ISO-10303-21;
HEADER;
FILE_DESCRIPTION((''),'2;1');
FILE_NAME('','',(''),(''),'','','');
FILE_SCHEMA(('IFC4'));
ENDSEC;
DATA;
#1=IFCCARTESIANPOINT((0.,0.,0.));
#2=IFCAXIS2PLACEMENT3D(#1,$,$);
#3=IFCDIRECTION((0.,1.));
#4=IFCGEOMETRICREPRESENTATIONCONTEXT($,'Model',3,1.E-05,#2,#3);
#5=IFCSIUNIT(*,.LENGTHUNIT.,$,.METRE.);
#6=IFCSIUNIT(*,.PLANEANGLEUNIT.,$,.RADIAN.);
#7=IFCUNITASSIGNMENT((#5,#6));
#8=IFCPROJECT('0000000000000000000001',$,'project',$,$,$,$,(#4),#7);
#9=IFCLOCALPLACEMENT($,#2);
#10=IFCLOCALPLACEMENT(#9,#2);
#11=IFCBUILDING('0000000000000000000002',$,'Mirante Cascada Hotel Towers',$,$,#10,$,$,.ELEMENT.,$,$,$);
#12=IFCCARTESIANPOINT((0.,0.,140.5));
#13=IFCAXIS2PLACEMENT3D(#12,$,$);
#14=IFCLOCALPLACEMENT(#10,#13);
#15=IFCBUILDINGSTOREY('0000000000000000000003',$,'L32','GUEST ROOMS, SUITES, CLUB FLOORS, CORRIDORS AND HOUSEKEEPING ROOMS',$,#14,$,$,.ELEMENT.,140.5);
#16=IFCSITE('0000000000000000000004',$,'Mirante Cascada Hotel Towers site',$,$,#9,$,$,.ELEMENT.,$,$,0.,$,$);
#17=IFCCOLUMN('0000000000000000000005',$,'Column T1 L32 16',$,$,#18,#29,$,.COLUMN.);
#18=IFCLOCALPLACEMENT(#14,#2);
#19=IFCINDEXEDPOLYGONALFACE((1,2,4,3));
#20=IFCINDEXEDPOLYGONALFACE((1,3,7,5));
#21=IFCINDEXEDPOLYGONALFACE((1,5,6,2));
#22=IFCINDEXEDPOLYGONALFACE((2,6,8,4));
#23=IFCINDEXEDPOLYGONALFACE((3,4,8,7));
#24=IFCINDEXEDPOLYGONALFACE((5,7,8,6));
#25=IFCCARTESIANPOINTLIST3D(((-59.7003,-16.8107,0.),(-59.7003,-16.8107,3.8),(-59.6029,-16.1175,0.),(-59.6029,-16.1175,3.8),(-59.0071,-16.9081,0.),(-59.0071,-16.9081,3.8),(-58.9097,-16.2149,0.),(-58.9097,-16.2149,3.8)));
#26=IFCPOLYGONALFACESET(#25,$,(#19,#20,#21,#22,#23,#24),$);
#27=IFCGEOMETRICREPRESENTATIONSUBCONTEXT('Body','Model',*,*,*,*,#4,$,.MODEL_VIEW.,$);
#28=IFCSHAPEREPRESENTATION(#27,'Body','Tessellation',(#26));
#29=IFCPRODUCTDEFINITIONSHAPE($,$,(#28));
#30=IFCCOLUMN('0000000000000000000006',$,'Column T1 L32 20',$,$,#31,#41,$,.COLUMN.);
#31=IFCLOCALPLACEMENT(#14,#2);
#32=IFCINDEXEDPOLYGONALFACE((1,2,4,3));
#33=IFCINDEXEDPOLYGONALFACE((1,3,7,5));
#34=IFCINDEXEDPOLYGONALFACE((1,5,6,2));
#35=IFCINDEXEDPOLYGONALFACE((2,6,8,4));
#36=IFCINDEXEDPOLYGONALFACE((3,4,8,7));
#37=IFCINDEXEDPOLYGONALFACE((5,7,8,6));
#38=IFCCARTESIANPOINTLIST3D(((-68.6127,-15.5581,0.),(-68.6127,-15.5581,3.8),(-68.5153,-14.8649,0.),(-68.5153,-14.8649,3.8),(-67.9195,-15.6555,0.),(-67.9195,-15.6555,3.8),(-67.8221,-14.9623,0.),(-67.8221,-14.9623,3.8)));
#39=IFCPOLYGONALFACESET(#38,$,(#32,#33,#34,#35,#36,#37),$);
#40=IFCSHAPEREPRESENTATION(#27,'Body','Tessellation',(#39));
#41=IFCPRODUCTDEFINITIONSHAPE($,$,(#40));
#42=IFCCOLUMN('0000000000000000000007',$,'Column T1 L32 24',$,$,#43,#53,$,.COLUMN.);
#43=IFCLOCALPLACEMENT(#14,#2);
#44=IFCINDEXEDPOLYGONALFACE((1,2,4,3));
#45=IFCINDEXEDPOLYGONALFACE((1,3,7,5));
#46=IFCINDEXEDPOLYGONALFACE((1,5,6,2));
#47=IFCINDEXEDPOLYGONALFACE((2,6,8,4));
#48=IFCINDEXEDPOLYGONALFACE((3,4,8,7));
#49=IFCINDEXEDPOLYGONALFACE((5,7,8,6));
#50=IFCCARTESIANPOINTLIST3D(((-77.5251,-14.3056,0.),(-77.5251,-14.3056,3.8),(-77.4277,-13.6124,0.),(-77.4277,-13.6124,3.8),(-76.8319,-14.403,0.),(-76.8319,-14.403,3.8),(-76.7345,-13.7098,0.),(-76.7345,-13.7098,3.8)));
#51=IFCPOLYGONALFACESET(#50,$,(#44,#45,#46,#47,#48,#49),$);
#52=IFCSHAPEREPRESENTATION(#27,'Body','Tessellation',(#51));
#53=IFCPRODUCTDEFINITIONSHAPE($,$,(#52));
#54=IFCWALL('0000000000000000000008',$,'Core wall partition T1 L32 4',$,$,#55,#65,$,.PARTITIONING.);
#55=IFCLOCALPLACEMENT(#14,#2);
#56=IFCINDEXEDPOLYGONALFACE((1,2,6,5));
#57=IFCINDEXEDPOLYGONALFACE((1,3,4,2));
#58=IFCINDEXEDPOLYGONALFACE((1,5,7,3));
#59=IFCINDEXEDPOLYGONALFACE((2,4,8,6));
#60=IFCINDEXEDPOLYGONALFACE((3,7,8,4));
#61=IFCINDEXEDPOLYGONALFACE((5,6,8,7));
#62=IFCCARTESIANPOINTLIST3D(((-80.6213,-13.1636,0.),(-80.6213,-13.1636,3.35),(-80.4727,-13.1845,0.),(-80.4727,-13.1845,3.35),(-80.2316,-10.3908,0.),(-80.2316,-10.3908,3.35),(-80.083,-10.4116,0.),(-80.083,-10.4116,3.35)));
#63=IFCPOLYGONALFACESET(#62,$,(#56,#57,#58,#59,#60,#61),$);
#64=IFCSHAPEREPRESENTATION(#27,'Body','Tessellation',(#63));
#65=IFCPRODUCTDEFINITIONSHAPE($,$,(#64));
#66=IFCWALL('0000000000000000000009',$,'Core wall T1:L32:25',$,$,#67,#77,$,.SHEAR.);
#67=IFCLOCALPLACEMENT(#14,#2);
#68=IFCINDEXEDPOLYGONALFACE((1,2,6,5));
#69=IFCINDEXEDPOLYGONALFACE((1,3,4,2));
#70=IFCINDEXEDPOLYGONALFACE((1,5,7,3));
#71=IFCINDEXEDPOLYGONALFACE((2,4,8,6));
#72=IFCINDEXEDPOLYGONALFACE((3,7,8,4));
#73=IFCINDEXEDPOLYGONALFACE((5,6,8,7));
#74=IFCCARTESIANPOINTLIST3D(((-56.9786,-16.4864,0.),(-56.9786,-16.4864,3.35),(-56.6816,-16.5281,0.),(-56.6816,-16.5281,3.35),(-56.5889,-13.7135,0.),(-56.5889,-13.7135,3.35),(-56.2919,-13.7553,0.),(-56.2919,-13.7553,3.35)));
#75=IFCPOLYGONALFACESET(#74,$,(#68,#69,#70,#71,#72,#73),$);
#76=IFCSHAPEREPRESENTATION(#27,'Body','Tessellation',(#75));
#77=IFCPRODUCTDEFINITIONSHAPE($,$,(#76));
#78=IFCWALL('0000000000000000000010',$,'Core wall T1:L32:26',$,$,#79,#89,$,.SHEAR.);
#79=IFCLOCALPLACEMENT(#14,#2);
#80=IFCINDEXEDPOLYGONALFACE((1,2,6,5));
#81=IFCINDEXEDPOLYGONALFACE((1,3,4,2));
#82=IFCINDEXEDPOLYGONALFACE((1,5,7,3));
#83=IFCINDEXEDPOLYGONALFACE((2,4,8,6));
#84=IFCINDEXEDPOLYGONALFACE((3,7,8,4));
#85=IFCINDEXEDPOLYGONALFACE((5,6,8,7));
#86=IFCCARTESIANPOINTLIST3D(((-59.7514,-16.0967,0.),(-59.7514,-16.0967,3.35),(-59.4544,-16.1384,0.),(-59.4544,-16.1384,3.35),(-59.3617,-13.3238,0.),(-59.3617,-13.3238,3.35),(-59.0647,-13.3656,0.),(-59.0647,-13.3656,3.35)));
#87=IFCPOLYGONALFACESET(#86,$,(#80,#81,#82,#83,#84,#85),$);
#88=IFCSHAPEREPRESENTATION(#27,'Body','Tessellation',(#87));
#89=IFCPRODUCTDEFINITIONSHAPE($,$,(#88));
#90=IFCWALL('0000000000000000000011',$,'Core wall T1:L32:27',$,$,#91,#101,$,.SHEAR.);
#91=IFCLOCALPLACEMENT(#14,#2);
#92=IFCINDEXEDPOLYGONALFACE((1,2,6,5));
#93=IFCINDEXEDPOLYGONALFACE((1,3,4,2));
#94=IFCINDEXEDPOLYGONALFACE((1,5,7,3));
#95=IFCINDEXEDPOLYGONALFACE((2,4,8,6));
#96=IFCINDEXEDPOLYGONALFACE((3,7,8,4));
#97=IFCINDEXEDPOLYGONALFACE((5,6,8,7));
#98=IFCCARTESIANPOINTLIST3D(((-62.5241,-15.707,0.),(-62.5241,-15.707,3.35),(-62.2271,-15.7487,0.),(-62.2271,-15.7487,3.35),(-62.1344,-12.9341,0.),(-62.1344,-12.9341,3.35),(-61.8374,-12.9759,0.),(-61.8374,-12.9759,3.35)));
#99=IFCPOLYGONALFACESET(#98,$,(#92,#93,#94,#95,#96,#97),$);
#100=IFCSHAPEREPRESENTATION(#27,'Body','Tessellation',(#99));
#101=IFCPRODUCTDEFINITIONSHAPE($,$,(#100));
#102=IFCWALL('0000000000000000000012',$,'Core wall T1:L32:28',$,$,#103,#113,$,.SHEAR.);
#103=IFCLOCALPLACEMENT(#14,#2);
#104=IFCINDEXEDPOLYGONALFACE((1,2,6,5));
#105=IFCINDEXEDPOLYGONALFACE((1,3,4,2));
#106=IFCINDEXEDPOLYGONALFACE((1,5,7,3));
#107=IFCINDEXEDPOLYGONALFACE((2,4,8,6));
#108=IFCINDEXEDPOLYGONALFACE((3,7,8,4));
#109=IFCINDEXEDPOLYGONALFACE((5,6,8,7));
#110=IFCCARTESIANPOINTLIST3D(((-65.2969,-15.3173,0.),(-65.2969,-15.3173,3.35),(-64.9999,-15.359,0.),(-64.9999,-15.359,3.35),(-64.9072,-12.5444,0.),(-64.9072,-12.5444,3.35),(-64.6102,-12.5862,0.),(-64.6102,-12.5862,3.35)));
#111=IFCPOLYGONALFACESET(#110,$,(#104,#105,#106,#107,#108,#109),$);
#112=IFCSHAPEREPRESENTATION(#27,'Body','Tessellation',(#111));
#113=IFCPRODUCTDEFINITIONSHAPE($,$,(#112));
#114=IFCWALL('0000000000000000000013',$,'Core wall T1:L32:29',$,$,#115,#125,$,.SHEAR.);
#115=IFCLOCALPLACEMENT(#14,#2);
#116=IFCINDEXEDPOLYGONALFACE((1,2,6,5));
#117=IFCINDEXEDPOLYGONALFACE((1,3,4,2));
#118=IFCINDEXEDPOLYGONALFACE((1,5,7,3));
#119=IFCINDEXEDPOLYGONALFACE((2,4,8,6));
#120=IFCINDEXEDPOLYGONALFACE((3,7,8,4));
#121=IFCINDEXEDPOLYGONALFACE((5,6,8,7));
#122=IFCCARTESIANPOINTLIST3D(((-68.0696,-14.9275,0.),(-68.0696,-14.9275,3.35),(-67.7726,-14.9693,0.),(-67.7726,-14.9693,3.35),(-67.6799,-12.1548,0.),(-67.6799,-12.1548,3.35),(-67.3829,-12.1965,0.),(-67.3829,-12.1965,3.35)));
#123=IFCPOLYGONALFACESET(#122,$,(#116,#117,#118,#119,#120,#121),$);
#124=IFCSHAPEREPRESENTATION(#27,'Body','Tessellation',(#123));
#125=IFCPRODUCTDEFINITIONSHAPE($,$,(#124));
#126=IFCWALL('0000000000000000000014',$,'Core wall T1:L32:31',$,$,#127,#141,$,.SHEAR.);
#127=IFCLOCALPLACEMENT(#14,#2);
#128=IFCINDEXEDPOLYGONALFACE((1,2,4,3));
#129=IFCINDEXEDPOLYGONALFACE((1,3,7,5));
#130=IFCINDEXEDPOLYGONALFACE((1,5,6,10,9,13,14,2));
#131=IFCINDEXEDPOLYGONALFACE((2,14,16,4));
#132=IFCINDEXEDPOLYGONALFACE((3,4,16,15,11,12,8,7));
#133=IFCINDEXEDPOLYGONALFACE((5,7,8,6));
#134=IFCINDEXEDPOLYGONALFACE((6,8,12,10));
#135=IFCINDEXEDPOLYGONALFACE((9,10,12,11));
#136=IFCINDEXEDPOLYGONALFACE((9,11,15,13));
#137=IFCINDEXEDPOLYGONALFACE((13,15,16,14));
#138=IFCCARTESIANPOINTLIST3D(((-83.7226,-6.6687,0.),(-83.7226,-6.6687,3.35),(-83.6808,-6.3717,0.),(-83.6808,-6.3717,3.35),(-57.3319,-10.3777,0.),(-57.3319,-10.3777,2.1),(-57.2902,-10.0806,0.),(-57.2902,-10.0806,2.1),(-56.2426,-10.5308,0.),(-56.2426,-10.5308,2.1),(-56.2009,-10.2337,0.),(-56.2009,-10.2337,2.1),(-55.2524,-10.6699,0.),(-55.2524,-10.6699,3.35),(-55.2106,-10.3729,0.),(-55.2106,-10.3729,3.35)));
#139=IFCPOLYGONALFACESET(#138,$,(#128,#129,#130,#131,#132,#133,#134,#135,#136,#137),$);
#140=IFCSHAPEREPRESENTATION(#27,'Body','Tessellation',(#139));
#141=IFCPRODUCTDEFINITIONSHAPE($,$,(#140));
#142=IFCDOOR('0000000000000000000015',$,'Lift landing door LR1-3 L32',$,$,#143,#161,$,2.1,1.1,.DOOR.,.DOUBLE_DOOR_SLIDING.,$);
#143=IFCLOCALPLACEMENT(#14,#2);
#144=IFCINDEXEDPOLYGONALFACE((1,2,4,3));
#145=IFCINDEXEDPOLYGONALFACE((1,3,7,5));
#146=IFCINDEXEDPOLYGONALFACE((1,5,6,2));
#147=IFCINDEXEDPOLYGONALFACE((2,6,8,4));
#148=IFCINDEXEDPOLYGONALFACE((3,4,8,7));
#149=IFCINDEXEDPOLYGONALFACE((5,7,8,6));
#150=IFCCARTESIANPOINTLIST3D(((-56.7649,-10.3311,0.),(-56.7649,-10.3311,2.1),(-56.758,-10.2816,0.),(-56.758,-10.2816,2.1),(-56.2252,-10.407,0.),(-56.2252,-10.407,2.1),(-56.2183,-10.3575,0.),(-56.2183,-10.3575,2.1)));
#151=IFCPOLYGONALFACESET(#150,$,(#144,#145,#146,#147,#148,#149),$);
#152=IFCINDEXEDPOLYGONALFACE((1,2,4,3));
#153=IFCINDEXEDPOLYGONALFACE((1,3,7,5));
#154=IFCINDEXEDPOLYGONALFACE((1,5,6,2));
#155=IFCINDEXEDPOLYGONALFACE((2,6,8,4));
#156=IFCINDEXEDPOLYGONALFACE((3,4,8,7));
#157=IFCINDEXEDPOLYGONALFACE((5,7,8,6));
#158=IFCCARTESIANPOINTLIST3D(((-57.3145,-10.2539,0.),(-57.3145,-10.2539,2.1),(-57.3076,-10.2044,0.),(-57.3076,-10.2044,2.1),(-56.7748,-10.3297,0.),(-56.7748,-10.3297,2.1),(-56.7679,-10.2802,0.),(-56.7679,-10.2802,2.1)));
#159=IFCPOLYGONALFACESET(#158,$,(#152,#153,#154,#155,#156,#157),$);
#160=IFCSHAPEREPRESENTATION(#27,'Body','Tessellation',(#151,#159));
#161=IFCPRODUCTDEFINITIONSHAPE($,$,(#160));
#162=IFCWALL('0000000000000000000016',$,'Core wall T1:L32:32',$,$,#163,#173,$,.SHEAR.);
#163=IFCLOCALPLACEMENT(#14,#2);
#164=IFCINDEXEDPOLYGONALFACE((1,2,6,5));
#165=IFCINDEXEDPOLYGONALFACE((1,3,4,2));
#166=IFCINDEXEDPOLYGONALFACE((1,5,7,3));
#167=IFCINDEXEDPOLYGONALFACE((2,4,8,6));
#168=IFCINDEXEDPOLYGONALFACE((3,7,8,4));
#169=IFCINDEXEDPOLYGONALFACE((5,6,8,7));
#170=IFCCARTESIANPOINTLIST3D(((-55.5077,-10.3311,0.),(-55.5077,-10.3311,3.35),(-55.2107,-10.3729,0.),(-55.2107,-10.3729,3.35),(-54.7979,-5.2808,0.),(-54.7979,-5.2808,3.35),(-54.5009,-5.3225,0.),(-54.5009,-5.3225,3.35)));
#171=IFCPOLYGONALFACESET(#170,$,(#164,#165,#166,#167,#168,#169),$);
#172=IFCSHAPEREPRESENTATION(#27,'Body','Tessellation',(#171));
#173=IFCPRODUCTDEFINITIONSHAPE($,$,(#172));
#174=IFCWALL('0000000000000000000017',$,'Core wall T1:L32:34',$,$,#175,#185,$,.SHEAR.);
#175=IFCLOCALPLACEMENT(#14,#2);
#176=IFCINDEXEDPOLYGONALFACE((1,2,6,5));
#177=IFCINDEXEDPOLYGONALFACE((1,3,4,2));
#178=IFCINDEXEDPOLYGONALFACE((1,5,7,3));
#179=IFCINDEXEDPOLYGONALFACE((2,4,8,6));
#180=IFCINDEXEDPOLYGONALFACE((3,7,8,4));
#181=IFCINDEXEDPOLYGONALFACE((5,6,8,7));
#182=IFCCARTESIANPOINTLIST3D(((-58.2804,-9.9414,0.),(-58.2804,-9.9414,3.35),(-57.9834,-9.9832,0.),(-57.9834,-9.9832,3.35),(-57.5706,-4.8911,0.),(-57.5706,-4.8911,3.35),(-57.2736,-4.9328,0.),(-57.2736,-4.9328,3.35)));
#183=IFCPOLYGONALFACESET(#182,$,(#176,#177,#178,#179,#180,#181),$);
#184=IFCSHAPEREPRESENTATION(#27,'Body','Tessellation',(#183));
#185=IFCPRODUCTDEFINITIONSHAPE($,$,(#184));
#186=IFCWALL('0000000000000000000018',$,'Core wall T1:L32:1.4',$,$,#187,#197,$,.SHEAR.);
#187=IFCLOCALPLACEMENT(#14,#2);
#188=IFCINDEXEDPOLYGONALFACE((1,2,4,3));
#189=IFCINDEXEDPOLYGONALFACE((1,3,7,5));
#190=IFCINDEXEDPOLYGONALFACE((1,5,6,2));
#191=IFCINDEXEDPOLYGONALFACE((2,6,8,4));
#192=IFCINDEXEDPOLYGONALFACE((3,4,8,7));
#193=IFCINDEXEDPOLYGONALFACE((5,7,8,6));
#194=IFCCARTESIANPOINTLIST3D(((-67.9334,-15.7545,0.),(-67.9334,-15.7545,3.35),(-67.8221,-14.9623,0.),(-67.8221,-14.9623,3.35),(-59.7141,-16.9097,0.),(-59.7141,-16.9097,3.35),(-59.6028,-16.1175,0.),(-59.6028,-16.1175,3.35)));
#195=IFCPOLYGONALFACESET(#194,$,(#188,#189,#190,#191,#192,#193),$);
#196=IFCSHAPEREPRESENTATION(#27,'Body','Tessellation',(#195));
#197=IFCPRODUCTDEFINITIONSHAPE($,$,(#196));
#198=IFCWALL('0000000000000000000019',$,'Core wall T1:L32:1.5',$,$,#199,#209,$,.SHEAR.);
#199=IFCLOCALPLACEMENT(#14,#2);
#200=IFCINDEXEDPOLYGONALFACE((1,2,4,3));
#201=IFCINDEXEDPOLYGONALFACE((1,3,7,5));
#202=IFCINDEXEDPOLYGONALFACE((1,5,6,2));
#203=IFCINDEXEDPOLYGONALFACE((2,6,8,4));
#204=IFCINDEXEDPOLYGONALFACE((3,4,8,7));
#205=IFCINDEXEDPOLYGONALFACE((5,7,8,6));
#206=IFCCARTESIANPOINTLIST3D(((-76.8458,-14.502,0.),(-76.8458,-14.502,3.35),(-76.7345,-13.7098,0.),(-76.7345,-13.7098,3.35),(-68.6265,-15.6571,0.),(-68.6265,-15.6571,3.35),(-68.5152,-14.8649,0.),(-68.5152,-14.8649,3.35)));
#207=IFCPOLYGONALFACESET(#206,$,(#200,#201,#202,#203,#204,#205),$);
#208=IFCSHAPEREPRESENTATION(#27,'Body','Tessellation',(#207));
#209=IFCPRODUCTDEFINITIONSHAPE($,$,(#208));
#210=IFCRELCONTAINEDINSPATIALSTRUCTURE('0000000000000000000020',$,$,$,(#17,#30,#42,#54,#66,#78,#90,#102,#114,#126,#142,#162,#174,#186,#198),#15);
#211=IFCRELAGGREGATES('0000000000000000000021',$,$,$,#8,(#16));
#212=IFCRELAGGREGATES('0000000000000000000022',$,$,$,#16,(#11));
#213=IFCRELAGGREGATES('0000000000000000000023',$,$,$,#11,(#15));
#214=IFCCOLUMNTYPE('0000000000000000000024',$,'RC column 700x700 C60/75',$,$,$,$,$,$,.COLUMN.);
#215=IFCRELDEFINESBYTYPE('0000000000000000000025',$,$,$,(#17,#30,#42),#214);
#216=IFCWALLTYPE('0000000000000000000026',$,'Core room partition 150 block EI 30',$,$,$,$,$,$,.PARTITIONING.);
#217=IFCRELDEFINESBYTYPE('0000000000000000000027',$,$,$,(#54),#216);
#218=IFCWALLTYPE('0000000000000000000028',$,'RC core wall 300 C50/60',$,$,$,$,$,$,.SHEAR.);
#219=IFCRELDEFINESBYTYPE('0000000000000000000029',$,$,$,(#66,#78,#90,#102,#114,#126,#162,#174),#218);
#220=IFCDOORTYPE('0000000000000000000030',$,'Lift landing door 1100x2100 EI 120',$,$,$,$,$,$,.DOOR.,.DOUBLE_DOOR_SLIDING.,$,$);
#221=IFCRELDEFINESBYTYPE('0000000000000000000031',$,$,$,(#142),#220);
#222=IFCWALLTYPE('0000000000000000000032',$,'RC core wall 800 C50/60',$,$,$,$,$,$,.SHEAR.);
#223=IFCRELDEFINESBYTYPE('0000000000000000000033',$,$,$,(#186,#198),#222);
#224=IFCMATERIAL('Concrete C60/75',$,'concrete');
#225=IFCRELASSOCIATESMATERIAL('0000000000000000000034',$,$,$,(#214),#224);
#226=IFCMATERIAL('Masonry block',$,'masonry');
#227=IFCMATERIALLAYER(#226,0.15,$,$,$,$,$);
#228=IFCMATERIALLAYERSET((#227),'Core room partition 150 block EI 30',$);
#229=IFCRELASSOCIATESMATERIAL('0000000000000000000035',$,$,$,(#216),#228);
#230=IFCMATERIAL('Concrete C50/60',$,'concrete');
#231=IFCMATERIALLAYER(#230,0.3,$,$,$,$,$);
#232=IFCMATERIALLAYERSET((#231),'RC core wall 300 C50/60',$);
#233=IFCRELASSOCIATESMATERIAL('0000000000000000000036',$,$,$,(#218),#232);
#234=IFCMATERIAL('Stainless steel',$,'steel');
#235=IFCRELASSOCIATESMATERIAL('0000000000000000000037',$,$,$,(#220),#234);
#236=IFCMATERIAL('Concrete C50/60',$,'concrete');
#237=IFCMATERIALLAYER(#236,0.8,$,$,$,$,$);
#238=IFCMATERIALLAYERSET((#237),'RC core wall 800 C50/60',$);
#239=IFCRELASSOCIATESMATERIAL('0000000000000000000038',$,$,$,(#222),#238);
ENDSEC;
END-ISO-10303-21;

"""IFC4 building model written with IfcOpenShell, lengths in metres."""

from ifc_helpers import new_model, si_unit, direction, frame, frame_2d, origin, origin_2d, place, context, subcontext, project, spatial, rectangle, extrude, material, layer, layer_set, material_profile, profile_set, type_object, element, fill, save


model = new_model("IFC4")

# Units and contexts
model_context = context("Model", 3, precision=1e-05, world=origin(), true_north=direction((0.0, 1.0)))
body_context = subcontext(model_context, "Body", "Model", "MODEL_VIEW")
ifc_project = project(units=[si_unit("LENGTHUNIT", "METRE"), si_unit("PLANEANGLEUNIT", "RADIAN")], contexts=[model_context])

# Site, building, storey
site_placement = place(None, origin())
site = spatial("IfcSite", under=ifc_project, at=site_placement, Name="Mirante Cascada Hotel Towers site", CompositionType="ELEMENT", RefElevation=0.0)
building_placement = place(site_placement, origin())
building = spatial("IfcBuilding", under=site, at=building_placement, Name="Mirante Cascada Hotel Towers", CompositionType="ELEMENT")
storey_placement = place(building_placement, frame((0.0, 0.0, 140.5)))
storey = spatial("IfcBuildingStorey", under=building, at=storey_placement, Name="L32", Description="GUEST ROOMS, SUITES, CLUB FLOORS, CORRIDORS AND HOUSEKEEPING ROOMS", CompositionType="ELEMENT", Elevation=140.5)

# Columns
ifc_material_1 = material(Name="Concrete C60/75", Category="concrete")
ifc_material_profile = material_profile(ifc_material_1, rectangle(XDim=0.7, YDim=0.7, at=origin_2d()), Name="RC column 700x700 C60/75")
ifc_profile_set = profile_set([ifc_material_profile], Name="Concrete C60/75")
column_type = type_object("IfcColumnType", Name="RC column 700x700 C60/75", PredefinedType="COLUMN", material=ifc_profile_set)
for number, where, z_axis, x_axis, name in (
    (1, (-59.305, -16.5128, 0.0), (0.0, 0.0, 1.0), (-0.990268, 0.139173, 0.0), "Column T1 L32 16"),
    (2, (-68.2174, -15.2602, 0.0), (0.0, 0.0, 1.0), (-0.990268, 0.139173, 0.0), "Column T1 L32 20"),
    (3, (-77.1298, -14.0077, 0.0), (0.0, 0.0, 1.0), (-0.990268, 0.139173, 0.0), "Column T1 L32 24"),
):
    element("IfcColumn", number, at=place(storey_placement, frame(where, z_axis=z_axis, x_axis=x_axis)), inside=storey, type_object=column_type, Name=name, PredefinedType="COLUMN", context=body_context, shape_type="SweptSolid", body=[
        extrude(rectangle(XDim=0.7, YDim=0.7, at=origin_2d()), origin(), (0.0, 0.0, 1.0), 3.8),
    ])

# Walls
ifc_material_2 = material(Name="Masonry block", Category="masonry")
ifc_layer_1 = layer(ifc_material_2, 0.15)
ifc_layer_set_1 = layer_set([ifc_layer_1], Name="Core room partition 150 block EI 30")
wall_type_1 = type_object("IfcWallType", Name="Core room partition 150 block EI 30", PredefinedType="PARTITIONING", material=ifc_layer_set_1)
wall_1_placement = place(storey_placement, frame((-80.547, -13.174, 0.0), z_axis=(0.0, 0.0, 1.0), x_axis=(0.139176, 0.990268, 0.0)))
element("IfcWall", 4, at=wall_1_placement, inside=storey, type_object=wall_type_1, Name="Core wall partition T1 L32 4", PredefinedType="PARTITIONING", context=body_context, shape_type="SweptSolid", body=[
    extrude(rectangle(XDim=2.8001, YDim=0.15, at=frame_2d((1.4, 0.0))), origin(), (0.0, 0.0, 1.0), 3.35),
])
ifc_material_3 = material(Name="Concrete C50/60", Category="concrete")
ifc_layer_2 = layer(ifc_material_3, 0.3)
ifc_layer_set_2 = layer_set([ifc_layer_2], Name="RC core wall 300 C50/60")
wall_type_2 = type_object("IfcWallType", Name="RC core wall 300 C50/60", PredefinedType="SHEAR", material=ifc_layer_set_2)
for number, where, z_axis, x_axis, name in (
    (5, (-56.8301, -16.5072, 0.0), (0.0, 0.0, 1.0), (0.139176, 0.990268, 0.0), "Core wall T1:L32:25"),
    (6, (-59.6029, -16.1175, 0.0), (0.0, 0.0, 1.0), (0.139176, 0.990268, 0.0), "Core wall T1:L32:26"),
    (7, (-62.3756, -15.7278, 0.0), (0.0, 0.0, 1.0), (0.139176, 0.990268, 0.0), "Core wall T1:L32:27"),
    (8, (-65.1484, -15.3381, 0.0), (0.0, 0.0, 1.0), (0.139176, 0.990268, 0.0), "Core wall T1:L32:28"),
):
    element("IfcWall", number, at=place(storey_placement, frame(where, z_axis=z_axis, x_axis=x_axis)), inside=storey, type_object=wall_type_2, Name=name, PredefinedType="SHEAR", context=body_context, shape_type="SweptSolid", body=[
        extrude(rectangle(XDim=2.8001, YDim=0.3, at=frame_2d((1.4, 0.0))), origin(), (0.0, 0.0, 1.0), 3.35),
    ])
wall_2_placement = place(storey_placement, frame((-67.9211, -14.9484, 0.0), z_axis=(0.0, 0.0, 1.0), x_axis=(0.139181, 0.990267, 0.0)))
element("IfcWall", 9, at=wall_2_placement, inside=storey, type_object=wall_type_2, Name="Core wall T1:L32:29", PredefinedType="SHEAR", context=body_context, shape_type="SweptSolid", body=[
    extrude(rectangle(XDim=2.8, YDim=0.3, at=frame_2d((1.4, 0.0))), origin(), (0.0, 0.0, 1.0), 3.35),
])

# Wall, opening, door
wall_3_placement = place(storey_placement, frame((-55.2315, -10.5214, 0.0), z_axis=(0.0, 0.0, 1.0), x_axis=(-0.990268, 0.139172, 0.0)))
wall_3 = element("IfcWall", 10, at=wall_3_placement, inside=storey, type_object=wall_type_2, Name="Core wall T1:L32:31", PredefinedType="SHEAR", context=body_context, shape_type="SweptSolid", body=[
    extrude(rectangle(XDim=28.75, YDim=0.3, at=frame_2d((14.375, 0.0))), origin(), (0.0, 0.0, 1.0), 3.35),
])
opening_placement = place(wall_3_placement, frame((1.0, 0.0, 0.0)))
opening = element("IfcOpeningElement", 11, at=opening_placement, cuts=wall_3, PredefinedType="OPENING", context=body_context, shape_type="SweptSolid", body=[
    extrude(rectangle(XDim=1.1, YDim=2.1, at=frame_2d((0.55, 1.05))), frame((0.0, 0.15, 0.0), z_axis=(0.0, -1.0, 0.0), x_axis=(1.0, 0.0, 0.0)), (0.0, 0.0, 1.0), 0.3),
])
ifc_material_4 = material(Name="Stainless steel", Category="steel")
door_type = type_object("IfcDoorType", Name="Lift landing door 1100x2100 EI 120", OperationType="DOUBLE_DOOR_SLIDING", PredefinedType="DOOR", material=ifc_material_4)
door_placement = place(opening_placement, origin())
door = element("IfcDoor", 12, at=door_placement, inside=storey, type_object=door_type, Name="Lift landing door LR1-3 L32", OperationType="DOUBLE_DOOR_SLIDING", OverallHeight=2.1, OverallWidth=1.1, PredefinedType="DOOR", context=body_context, shape_type="SweptSolid", body=[
    extrude(rectangle(XDim=0.545, YDim=2.1, at=frame_2d((0.2725, 1.05))), frame((0.0, 0.025, 0.0), z_axis=(0.0, -1.0, 0.0), x_axis=(1.0, 0.0, 0.0)), (0.0, 0.0, 1.0), 0.05),
    extrude(rectangle(XDim=0.545, YDim=2.1, at=frame_2d((0.8275, 1.05))), frame((0.0, 0.025, 0.0), z_axis=(0.0, -1.0, 0.0), x_axis=(1.0, 0.0, 0.0)), (0.0, 0.0, 1.0), 0.05),
])
fill(opening, door)

# Walls
for number, where, z_axis, x_axis, name in (
    (13, (-55.3592, -10.352, 0.0), (0.0, 0.0, 1.0), (0.139176, 0.990268, 0.0), "Core wall T1:L32:32"),
    (14, (-58.1319, -9.9623, 0.0), (0.0, 0.0, 1.0), (0.139176, 0.990268, 0.0), "Core wall T1:L32:34"),
):
    element("IfcWall", number, at=place(storey_placement, frame(where, z_axis=z_axis, x_axis=x_axis)), inside=storey, type_object=wall_type_2, Name=name, PredefinedType="SHEAR", context=body_context, shape_type="SweptSolid", body=[
        extrude(rectangle(XDim=5.1, YDim=0.3, at=frame_2d((2.55, 0.0))), origin(), (0.0, 0.0, 1.0), 3.35),
    ])
ifc_material_5 = material(Name="Concrete C50/60", Category="concrete")
ifc_layer_3 = layer(ifc_material_5, 0.8)
ifc_layer_set_3 = layer_set([ifc_layer_3], Name="RC core wall 800 C50/60")
wall_type_3 = type_object("IfcWallType", Name="RC core wall 800 C50/60", PredefinedType="SHEAR", material=ifc_layer_set_3)
for number, where, z_axis, x_axis, name in (
    (15, (-59.6585, -16.5136, 0.0), (0.0, 0.0, 1.0), (-0.990267, 0.139179, 0.0), "Core wall T1:L32:1.4"),
    (16, (-68.5709, -15.261, 0.0), (0.0, 0.0, 1.0), (-0.990269, 0.139167, 0.0), "Core wall T1:L32:1.5"),
):
    element("IfcWall", number, at=place(storey_placement, frame(where, z_axis=z_axis, x_axis=x_axis)), inside=storey, type_object=wall_type_3, Name=name, PredefinedType="SHEAR", context=body_context, shape_type="SweptSolid", body=[
        extrude(rectangle(XDim=8.3001, YDim=0.8, at=frame_2d((4.15, 0.0))), origin(), (0.0, 0.0, 1.0), 3.35),
    ])

save(model, "model.ifc")
